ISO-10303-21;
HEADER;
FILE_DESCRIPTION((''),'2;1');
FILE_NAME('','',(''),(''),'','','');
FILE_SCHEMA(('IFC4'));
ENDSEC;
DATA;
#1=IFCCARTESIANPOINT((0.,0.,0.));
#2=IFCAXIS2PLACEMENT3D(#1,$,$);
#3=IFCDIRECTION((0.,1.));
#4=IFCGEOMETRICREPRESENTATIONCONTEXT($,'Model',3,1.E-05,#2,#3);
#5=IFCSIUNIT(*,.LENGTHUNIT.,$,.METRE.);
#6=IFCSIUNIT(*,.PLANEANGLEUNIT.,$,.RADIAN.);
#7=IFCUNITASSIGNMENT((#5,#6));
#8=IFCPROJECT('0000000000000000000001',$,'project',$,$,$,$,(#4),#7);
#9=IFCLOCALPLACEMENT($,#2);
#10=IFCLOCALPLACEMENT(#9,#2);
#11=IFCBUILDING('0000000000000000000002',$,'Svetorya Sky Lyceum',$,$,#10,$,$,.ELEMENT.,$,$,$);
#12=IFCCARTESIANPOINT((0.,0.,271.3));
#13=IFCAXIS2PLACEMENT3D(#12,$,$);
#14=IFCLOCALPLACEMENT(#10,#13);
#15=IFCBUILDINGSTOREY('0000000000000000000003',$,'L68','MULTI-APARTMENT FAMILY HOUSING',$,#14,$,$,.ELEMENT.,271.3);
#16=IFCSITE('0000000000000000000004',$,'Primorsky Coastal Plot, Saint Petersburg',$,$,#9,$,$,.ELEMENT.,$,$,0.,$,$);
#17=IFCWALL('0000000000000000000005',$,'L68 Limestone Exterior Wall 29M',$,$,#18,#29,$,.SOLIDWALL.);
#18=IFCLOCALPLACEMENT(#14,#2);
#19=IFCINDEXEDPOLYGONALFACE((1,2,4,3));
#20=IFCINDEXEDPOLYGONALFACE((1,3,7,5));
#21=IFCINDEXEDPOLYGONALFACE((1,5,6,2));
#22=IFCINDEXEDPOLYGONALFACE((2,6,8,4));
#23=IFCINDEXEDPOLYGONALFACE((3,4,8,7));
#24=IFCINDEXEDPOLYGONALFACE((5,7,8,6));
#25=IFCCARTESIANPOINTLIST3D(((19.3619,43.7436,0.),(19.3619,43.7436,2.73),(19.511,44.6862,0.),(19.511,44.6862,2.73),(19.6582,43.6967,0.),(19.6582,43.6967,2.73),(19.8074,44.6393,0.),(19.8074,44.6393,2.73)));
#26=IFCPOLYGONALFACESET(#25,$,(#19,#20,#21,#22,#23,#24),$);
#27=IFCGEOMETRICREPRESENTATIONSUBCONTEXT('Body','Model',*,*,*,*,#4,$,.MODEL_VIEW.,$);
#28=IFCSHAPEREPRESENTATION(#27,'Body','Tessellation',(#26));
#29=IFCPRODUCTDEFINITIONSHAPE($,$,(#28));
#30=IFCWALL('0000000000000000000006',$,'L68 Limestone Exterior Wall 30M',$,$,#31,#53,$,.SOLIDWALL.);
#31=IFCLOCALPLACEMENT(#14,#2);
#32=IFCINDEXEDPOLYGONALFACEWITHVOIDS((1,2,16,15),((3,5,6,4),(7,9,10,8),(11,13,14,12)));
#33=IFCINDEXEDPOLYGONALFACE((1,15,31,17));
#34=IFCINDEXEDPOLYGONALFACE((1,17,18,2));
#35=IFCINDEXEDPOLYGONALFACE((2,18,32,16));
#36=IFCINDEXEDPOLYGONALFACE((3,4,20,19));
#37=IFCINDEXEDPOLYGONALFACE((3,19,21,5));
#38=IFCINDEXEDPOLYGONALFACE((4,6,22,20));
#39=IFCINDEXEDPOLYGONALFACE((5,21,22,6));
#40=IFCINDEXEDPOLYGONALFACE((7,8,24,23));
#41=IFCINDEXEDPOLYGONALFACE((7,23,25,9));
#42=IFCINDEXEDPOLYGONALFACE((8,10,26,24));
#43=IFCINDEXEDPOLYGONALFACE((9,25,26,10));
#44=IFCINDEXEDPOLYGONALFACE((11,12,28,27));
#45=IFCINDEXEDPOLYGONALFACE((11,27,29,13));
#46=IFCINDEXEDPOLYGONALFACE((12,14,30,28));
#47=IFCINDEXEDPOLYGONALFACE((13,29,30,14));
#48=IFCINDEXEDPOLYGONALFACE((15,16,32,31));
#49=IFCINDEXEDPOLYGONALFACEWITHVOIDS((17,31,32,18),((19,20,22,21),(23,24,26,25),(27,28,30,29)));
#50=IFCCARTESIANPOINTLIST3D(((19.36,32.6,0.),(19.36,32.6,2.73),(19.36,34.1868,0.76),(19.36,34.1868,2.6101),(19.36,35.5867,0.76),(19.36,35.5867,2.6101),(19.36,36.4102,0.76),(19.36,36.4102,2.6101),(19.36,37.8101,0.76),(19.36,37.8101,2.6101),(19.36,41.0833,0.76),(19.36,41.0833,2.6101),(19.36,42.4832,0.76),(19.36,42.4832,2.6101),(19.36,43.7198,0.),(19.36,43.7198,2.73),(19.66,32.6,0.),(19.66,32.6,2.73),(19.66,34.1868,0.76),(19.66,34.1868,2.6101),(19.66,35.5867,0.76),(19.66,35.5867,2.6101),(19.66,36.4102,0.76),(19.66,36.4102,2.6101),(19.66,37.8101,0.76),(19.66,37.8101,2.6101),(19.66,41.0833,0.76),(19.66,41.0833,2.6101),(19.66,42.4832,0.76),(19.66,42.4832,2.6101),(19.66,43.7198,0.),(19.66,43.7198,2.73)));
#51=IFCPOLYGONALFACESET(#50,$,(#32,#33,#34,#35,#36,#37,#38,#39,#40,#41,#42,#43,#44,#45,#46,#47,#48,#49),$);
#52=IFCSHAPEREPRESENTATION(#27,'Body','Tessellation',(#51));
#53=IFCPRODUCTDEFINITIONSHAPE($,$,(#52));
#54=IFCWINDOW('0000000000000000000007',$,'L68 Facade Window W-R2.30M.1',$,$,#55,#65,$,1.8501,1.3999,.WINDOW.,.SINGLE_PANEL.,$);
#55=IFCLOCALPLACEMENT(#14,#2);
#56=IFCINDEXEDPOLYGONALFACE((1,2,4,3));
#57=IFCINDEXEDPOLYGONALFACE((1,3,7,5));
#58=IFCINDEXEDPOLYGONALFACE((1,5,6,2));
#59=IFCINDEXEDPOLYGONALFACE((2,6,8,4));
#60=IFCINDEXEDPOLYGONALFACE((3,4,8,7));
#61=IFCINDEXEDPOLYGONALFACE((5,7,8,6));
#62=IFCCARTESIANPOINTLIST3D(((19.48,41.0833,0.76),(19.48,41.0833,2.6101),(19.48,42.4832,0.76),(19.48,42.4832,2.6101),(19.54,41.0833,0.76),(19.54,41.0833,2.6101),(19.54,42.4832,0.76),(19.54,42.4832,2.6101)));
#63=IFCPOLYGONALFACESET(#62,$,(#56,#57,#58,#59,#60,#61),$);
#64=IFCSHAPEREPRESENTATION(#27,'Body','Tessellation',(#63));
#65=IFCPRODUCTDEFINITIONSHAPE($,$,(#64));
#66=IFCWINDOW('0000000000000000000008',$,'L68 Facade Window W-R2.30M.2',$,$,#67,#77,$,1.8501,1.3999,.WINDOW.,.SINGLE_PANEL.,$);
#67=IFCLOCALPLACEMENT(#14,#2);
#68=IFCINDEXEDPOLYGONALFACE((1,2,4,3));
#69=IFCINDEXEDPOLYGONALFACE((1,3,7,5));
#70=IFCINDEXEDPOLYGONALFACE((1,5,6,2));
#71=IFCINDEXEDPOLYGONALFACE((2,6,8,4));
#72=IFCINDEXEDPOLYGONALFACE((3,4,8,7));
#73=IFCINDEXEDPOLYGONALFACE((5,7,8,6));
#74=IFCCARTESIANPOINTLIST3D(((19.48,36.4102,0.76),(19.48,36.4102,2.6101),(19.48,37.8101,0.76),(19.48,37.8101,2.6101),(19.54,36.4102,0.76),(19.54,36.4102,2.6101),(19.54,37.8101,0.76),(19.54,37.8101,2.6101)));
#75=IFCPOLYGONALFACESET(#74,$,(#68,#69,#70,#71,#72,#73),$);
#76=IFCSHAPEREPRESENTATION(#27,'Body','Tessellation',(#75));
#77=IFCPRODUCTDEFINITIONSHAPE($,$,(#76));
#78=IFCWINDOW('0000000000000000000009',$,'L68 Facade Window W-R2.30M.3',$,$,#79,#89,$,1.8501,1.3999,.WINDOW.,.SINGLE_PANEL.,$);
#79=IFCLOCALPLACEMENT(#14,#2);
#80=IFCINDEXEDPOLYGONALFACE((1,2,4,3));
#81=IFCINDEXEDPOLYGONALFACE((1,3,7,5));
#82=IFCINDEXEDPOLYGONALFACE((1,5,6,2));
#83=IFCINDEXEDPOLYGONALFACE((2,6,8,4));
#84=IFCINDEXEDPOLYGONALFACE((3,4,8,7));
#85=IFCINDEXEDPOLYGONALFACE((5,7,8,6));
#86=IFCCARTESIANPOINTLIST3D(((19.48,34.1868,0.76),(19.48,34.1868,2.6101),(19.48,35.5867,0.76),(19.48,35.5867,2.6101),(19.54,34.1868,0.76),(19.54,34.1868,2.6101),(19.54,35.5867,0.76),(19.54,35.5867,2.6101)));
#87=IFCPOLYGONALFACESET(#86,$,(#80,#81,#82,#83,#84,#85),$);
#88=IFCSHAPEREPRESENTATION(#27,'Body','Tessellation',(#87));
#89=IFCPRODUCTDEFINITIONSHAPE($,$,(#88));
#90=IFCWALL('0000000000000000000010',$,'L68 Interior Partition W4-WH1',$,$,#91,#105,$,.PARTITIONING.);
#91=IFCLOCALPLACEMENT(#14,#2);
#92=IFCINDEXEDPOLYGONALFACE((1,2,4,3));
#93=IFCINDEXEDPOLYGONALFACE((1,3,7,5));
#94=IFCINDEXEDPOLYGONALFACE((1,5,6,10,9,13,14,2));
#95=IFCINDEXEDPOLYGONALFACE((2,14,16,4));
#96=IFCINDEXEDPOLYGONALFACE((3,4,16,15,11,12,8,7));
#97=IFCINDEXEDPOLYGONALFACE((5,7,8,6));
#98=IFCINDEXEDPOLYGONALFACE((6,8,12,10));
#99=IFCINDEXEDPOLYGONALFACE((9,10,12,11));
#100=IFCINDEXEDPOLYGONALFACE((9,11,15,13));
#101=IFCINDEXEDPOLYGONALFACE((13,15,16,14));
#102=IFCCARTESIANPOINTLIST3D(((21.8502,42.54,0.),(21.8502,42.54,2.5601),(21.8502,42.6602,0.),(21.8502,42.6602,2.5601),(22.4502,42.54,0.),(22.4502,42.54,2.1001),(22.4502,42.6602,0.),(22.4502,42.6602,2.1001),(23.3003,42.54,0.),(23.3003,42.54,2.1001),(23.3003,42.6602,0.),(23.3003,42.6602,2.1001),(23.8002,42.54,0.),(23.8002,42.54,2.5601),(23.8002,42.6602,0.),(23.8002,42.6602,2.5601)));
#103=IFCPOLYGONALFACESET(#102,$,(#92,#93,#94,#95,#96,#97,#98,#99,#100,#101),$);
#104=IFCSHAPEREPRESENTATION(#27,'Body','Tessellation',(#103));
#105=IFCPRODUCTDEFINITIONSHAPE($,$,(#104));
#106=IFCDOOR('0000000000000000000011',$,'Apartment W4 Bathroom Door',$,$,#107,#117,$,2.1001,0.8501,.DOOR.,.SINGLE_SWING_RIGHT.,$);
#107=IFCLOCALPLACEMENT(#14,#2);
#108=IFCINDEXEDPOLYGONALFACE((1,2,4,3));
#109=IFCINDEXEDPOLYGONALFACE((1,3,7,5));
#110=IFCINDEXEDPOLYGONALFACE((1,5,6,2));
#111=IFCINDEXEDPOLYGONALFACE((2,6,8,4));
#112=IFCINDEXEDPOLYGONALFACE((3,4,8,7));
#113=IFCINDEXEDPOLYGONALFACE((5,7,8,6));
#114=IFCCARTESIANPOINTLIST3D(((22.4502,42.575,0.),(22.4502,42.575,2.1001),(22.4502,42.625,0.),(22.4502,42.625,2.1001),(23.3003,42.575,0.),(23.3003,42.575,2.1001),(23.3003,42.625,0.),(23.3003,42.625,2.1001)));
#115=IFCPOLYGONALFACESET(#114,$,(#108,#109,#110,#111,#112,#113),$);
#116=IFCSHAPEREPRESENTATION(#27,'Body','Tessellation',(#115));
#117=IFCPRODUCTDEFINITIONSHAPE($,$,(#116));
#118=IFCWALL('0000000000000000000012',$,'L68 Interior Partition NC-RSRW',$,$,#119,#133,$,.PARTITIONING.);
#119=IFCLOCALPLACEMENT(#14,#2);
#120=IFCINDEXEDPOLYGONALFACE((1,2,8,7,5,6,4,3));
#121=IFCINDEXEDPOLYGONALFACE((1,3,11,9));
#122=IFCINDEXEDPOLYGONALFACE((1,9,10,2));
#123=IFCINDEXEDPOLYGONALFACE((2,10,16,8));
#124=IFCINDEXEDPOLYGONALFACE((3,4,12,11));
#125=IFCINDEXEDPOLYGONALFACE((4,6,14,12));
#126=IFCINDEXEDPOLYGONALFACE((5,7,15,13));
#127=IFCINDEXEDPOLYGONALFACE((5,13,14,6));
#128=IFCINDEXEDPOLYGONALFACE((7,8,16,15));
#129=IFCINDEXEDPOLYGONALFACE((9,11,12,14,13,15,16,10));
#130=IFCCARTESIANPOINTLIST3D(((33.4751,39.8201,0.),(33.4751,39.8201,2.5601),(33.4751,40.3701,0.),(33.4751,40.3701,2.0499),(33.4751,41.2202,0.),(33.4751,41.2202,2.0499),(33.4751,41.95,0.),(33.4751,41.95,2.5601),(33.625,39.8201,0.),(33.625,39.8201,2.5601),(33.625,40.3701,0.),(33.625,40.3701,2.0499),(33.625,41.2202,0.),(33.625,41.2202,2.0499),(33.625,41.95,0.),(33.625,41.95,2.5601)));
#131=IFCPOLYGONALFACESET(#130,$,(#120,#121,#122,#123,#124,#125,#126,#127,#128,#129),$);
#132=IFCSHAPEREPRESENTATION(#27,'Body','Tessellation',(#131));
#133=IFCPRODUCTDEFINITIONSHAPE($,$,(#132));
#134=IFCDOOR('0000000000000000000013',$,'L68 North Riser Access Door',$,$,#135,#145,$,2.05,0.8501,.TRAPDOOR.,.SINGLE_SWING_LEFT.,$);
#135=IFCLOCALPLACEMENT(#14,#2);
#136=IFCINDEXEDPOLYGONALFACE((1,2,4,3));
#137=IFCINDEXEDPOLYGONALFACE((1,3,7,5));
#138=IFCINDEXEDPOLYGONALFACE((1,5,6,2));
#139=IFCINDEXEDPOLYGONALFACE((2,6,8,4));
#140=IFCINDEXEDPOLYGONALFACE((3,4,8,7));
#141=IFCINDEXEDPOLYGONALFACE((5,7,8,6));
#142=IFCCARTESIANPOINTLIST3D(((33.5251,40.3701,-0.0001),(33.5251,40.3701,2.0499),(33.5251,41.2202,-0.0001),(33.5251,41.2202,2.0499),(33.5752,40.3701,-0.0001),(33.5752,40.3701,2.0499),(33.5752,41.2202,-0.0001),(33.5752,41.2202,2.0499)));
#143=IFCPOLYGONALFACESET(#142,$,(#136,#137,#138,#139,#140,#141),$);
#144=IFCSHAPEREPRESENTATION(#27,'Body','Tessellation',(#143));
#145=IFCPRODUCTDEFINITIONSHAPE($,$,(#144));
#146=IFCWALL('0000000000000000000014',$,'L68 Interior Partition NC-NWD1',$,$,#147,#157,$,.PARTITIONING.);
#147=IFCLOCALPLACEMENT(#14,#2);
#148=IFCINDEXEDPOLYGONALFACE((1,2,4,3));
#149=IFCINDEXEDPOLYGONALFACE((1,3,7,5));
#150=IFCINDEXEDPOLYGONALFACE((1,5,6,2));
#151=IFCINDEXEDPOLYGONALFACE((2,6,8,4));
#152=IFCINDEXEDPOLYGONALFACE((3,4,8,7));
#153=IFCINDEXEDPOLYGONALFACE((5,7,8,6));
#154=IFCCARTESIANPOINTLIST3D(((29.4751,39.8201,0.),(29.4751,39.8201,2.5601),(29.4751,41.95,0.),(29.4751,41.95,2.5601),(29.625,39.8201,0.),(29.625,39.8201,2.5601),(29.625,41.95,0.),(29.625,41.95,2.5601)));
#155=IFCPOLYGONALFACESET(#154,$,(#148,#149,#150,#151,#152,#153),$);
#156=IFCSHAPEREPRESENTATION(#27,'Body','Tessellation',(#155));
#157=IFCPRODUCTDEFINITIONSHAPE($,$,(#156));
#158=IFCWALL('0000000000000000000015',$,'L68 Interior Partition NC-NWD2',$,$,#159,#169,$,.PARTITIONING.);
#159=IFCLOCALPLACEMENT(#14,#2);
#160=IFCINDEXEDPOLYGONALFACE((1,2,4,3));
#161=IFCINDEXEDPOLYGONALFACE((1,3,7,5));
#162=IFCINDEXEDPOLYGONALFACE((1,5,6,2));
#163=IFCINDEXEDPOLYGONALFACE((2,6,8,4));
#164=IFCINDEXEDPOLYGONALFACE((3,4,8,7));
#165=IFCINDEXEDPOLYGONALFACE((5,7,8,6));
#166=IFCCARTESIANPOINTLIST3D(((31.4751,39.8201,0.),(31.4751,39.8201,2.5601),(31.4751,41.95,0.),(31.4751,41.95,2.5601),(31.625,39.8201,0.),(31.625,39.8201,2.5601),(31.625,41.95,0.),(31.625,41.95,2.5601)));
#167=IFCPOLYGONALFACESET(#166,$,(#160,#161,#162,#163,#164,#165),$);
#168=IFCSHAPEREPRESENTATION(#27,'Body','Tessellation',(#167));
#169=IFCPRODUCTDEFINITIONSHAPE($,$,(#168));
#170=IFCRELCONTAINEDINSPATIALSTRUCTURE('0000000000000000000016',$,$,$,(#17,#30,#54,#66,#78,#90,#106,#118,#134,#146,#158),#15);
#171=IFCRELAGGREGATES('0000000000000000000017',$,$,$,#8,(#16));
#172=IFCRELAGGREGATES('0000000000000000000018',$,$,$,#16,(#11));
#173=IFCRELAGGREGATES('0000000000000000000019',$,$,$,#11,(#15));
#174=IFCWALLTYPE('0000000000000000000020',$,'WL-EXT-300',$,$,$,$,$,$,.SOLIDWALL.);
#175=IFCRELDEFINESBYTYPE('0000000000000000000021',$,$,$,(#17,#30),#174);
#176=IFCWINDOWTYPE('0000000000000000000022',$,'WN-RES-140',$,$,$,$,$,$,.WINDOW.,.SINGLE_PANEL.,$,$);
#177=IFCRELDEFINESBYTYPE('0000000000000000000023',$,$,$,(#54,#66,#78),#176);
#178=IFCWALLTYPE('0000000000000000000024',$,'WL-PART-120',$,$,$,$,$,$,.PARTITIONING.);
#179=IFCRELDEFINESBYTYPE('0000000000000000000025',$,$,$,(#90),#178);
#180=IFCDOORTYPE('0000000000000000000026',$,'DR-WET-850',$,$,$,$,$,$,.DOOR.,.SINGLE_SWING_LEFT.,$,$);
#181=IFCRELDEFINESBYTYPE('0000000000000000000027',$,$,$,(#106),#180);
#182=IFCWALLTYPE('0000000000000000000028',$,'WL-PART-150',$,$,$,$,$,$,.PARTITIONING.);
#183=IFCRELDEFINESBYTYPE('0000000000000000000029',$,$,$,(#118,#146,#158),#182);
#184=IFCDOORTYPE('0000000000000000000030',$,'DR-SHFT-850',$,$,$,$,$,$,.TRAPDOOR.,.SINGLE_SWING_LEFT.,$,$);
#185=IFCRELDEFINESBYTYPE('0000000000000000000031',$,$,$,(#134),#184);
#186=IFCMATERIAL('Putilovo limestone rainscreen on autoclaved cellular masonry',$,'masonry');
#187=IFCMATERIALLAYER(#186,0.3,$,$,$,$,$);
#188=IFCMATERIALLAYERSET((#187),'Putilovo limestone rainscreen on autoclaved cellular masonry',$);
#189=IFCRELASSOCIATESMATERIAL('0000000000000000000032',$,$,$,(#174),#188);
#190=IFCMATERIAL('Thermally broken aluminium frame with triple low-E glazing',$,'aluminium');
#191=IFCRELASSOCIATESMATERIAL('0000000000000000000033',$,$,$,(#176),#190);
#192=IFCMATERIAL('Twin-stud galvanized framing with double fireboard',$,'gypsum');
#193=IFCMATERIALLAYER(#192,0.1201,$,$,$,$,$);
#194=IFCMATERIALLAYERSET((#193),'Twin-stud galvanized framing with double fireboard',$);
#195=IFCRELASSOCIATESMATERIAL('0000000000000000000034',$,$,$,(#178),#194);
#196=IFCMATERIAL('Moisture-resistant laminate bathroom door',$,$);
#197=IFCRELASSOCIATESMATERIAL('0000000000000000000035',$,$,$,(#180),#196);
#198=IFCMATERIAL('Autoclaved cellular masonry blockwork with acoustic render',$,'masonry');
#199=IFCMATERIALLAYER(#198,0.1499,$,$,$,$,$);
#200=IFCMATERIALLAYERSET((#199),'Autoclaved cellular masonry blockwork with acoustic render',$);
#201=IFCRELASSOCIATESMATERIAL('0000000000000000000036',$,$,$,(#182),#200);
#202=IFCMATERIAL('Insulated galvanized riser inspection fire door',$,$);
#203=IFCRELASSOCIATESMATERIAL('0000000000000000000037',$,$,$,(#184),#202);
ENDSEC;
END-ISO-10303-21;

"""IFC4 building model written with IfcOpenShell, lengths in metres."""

from ifc_helpers import new_model, si_unit, direction, frame, frame_2d, origin, place, context, subcontext, project, spatial, rectangle, extrude, material, layer, layer_set, type_object, element, fill, save


model = new_model("IFC4")

# Units and contexts
model_context = context("Model", 3, precision=1e-05, world=origin(), true_north=direction((0.0, 1.0)))
body_context = subcontext(model_context, "Body", "Model", "MODEL_VIEW")
ifc_project = project(units=[si_unit("LENGTHUNIT", "METRE"), si_unit("PLANEANGLEUNIT", "RADIAN")], contexts=[model_context])

# Site, building, storey
site_placement = place(None, origin())
site = spatial("IfcSite", under=ifc_project, at=site_placement, Name="Primorsky Coastal Plot, Saint Petersburg", CompositionType="ELEMENT", RefElevation=0.0)
building_placement = place(site_placement, origin())
building = spatial("IfcBuilding", under=site, at=building_placement, Name="Svetorya Sky Lyceum", CompositionType="ELEMENT")
storey_placement = place(building_placement, frame((0.0, 0.0, 271.3)))
storey = spatial("IfcBuildingStorey", under=building, at=storey_placement, Name="L68", Description="MULTI-APARTMENT FAMILY HOUSING", CompositionType="ELEMENT", Elevation=271.3)

# Wall
ifc_material_1 = material(Name="Putilovo limestone rainscreen on autoclaved cellular masonry", Category="masonry")
ifc_layer_1 = layer(ifc_material_1, 0.3)
ifc_layer_set_1 = layer_set([ifc_layer_1], Name="Putilovo limestone rainscreen on autoclaved cellular masonry")
wall_type_1 = type_object("IfcWallType", Name="WL-EXT-300", PredefinedType="SOLIDWALL", material=ifc_layer_set_1)
wall_1_placement = place(storey_placement, frame((19.6592, 44.6626, 0.0), z_axis=(0.0, 0.0, 1.0), x_axis=(-0.156304, -0.987709, 0.0)))
element("IfcWall", 1, at=wall_1_placement, inside=storey, type_object=wall_type_1, Name="L68 Limestone Exterior Wall 29M", PredefinedType="SOLIDWALL", context=body_context, shape_type="SweptSolid", body=[
    extrude(rectangle(XDim=0.9543, YDim=0.3, at=frame_2d((0.4771, 0.0))), origin(), (0.0, 0.0, 1.0), 2.73),
])

# Wall, openings, windows
wall_2_placement = place(storey_placement, frame((19.51, 43.72, 0.0), z_axis=(0.0, 0.0, 1.0), x_axis=(0.0, -1.0, 0.0)))
wall_2 = element("IfcWall", 2, at=wall_2_placement, inside=storey, type_object=wall_type_1, Name="L68 Limestone Exterior Wall 30M", PredefinedType="SOLIDWALL", context=body_context, shape_type="SweptSolid", body=[
    extrude(rectangle(XDim=11.1199, YDim=0.3, at=frame_2d((5.5601, 0.0))), origin(), (0.0, 0.0, 1.0), 2.73),
])
opening_1_placement = place(wall_2_placement, frame((1.2368, 0.0, 0.76)))
opening_1 = element("IfcOpeningElement", 3, at=opening_1_placement, cuts=wall_2, PredefinedType="OPENING", context=body_context, shape_type="SweptSolid", body=[
    extrude(rectangle(XDim=1.3999, YDim=1.8501, at=frame_2d((0.7, 0.925))), frame((0.0, 0.1599, 0.0), z_axis=(0.0, -1.0, 0.0), x_axis=(1.0, 0.0, 0.0)), (0.0, 0.0, 1.0), 0.3201),
])
opening_2_placement = place(wall_2_placement, frame((5.9099, 0.0, 0.76)))
opening_2 = element("IfcOpeningElement", 4, at=opening_2_placement, cuts=wall_2, PredefinedType="OPENING", context=body_context, shape_type="SweptSolid", body=[
    extrude(rectangle(XDim=1.3999, YDim=1.8501, at=frame_2d((0.7, 0.925))), frame((0.0, 0.1599, 0.0), z_axis=(0.0, -1.0, 0.0), x_axis=(1.0, 0.0, 0.0)), (0.0, 0.0, 1.0), 0.3201),
])
opening_3_placement = place(wall_2_placement, frame((8.1333, 0.0, 0.76)))
opening_3 = element("IfcOpeningElement", 5, at=opening_3_placement, cuts=wall_2, PredefinedType="OPENING", context=body_context, shape_type="SweptSolid", body=[
    extrude(rectangle(XDim=1.3999, YDim=1.8501, at=frame_2d((0.7, 0.925))), frame((0.0, 0.1599, 0.0), z_axis=(0.0, -1.0, 0.0), x_axis=(1.0, 0.0, 0.0)), (0.0, 0.0, 1.0), 0.3201),
])
ifc_material_2 = material(Name="Thermally broken aluminium frame with triple low-E glazing", Category="aluminium")
window_type = type_object("IfcWindowType", Name="WN-RES-140", PartitioningType="SINGLE_PANEL", PredefinedType="WINDOW", material=ifc_material_2)
window_1_placement = place(opening_1_placement, origin())
window_1 = element("IfcWindow", 6, at=window_1_placement, inside=storey, type_object=window_type, Name="L68 Facade Window W-R2.30M.1", OverallHeight=1.8501, OverallWidth=1.3999, PartitioningType="SINGLE_PANEL", PredefinedType="WINDOW", context=body_context, shape_type="SweptSolid", body=[
    extrude(rectangle(XDim=1.3999, YDim=1.8501, at=frame_2d((0.7, 0.925))), frame((0.0, 0.03, 0.0), z_axis=(0.0, -1.0, 0.0), x_axis=(1.0, 0.0, 0.0)), (0.0, 0.0, 1.0), 0.0601),
])
fill(opening_1, window_1)
window_2_placement = place(opening_2_placement, origin())
window_2 = element("IfcWindow", 7, at=window_2_placement, inside=storey, type_object=window_type, Name="L68 Facade Window W-R2.30M.2", OverallHeight=1.8501, OverallWidth=1.3999, PartitioningType="SINGLE_PANEL", PredefinedType="WINDOW", context=body_context, shape_type="SweptSolid", body=[
    extrude(rectangle(XDim=1.3999, YDim=1.8501, at=frame_2d((0.7, 0.925))), frame((0.0, 0.03, 0.0), z_axis=(0.0, -1.0, 0.0), x_axis=(1.0, 0.0, 0.0)), (0.0, 0.0, 1.0), 0.0601),
])
fill(opening_2, window_2)
window_3_placement = place(opening_3_placement, origin())
window_3 = element("IfcWindow", 8, at=window_3_placement, inside=storey, type_object=window_type, Name="L68 Facade Window W-R2.30M.3", OverallHeight=1.8501, OverallWidth=1.3999, PartitioningType="SINGLE_PANEL", PredefinedType="WINDOW", context=body_context, shape_type="SweptSolid", body=[
    extrude(rectangle(XDim=1.3999, YDim=1.8501, at=frame_2d((0.7, 0.925))), frame((0.0, 0.03, 0.0), z_axis=(0.0, -1.0, 0.0), x_axis=(1.0, 0.0, 0.0)), (0.0, 0.0, 1.0), 0.0601),
])
fill(opening_3, window_3)

# Walls, openings, doors
ifc_material_3 = material(Name="Twin-stud galvanized framing with double fireboard", Category="gypsum")
ifc_layer_2 = layer(ifc_material_3, 0.1201)
ifc_layer_set_2 = layer_set([ifc_layer_2], Name="Twin-stud galvanized framing with double fireboard")
wall_type_2 = type_object("IfcWallType", Name="WL-PART-120", PredefinedType="PARTITIONING", material=ifc_layer_set_2)
wall_3_placement = place(storey_placement, frame((21.8501, 42.6001, 0.0), z_axis=(0.0, 0.0, 1.0), x_axis=(1.0, 0.0, 0.0)))
wall_3 = element("IfcWall", 9, at=wall_3_placement, inside=storey, type_object=wall_type_2, Name="L68 Interior Partition W4-WH1", PredefinedType="PARTITIONING", context=body_context, shape_type="SweptSolid", body=[
    extrude(rectangle(XDim=1.95, YDim=0.1201, at=frame_2d((0.9751, 0.0))), origin(), (0.0, 0.0, 1.0), 2.5601),
])
opening_4_placement = place(wall_3_placement, frame((0.6001, 0.0, 0.0)))
opening_4 = element("IfcOpeningElement", 10, at=opening_4_placement, cuts=wall_3, PredefinedType="OPENING", context=body_context, shape_type="SweptSolid", body=[
    extrude(rectangle(XDim=0.8501, YDim=2.1001, at=frame_2d((0.425, 1.05))), frame((0.0, 0.0701, 0.0), z_axis=(0.0, -1.0, 0.0), x_axis=(1.0, 0.0, 0.0)), (0.0, 0.0, 1.0), 0.1401),
])
ifc_material_4 = material(Name="Moisture-resistant laminate bathroom door")
door_type_1 = type_object("IfcDoorType", Name="DR-WET-850", OperationType="SINGLE_SWING_LEFT", PredefinedType="DOOR", material=ifc_material_4)
door_1_placement = place(opening_4_placement, origin())
door_1 = element("IfcDoor", 11, at=door_1_placement, inside=storey, type_object=door_type_1, Name="Apartment W4 Bathroom Door", OperationType="SINGLE_SWING_RIGHT", OverallHeight=2.1001, OverallWidth=0.8501, PredefinedType="DOOR", context=body_context, shape_type="SweptSolid", body=[
    extrude(rectangle(XDim=0.8501, YDim=2.1001, at=frame_2d((0.425, 1.05))), frame((0.0, 0.0249, 0.0), z_axis=(0.0, -1.0, 0.0), x_axis=(1.0, 0.0, 0.0)), (0.0, 0.0, 1.0), 0.05),
])
fill(opening_4, door_1)
ifc_material_5 = material(Name="Autoclaved cellular masonry blockwork with acoustic render", Category="masonry")
ifc_layer_3 = layer(ifc_material_5, 0.1499)
ifc_layer_set_3 = layer_set([ifc_layer_3], Name="Autoclaved cellular masonry blockwork with acoustic render")
wall_type_3 = type_object("IfcWallType", Name="WL-PART-150", PredefinedType="PARTITIONING", material=ifc_layer_set_3)
wall_4_placement = place(storey_placement, frame((33.55, 39.8201, 0.0), z_axis=(0.0, 0.0, 1.0), x_axis=(0.0, 1.0, 0.0)))
wall_4 = element("IfcWall", 12, at=wall_4_placement, inside=storey, type_object=wall_type_3, Name="L68 Interior Partition NC-RSRW", PredefinedType="PARTITIONING", context=body_context, shape_type="SweptSolid", body=[
    extrude(rectangle(XDim=2.1299, YDim=0.1499, at=frame_2d((1.0649, 0.0))), origin(), (0.0, 0.0, 1.0), 2.5601),
])
opening_5_placement = place(wall_4_placement, frame((0.55, 0.0, 0.0)))
opening_5 = element("IfcOpeningElement", 13, at=opening_5_placement, cuts=wall_4, PredefinedType="OPENING", context=body_context, shape_type="SweptSolid", body=[
    extrude(rectangle(XDim=0.8501, YDim=2.05, at=frame_2d((0.425, 1.0249))), frame((0.0, 0.085, 0.0), z_axis=(0.0, -1.0, 0.0), x_axis=(1.0, 0.0, 0.0)), (0.0, 0.0, 1.0), 0.1699),
])
ifc_material_6 = material(Name="Insulated galvanized riser inspection fire door")
door_type_2 = type_object("IfcDoorType", Name="DR-SHFT-850", OperationType="SINGLE_SWING_LEFT", PredefinedType="TRAPDOOR", material=ifc_material_6)
door_2_placement = place(opening_5_placement, origin())
door_2 = element("IfcDoor", 14, at=door_2_placement, inside=storey, type_object=door_type_2, Name="L68 North Riser Access Door", OperationType="SINGLE_SWING_LEFT", OverallHeight=2.05, OverallWidth=0.8501, PredefinedType="TRAPDOOR", context=body_context, shape_type="SweptSolid", body=[
    extrude(rectangle(XDim=0.8501, YDim=2.05, at=frame_2d((0.425, 1.0249))), frame((0.0, 0.0249, 0.0), z_axis=(0.0, -1.0, 0.0), x_axis=(1.0, 0.0, 0.0)), (0.0, 0.0, 1.0), 0.05),
])
fill(opening_5, door_2)

# Walls
for number, where, z_axis, x_axis, name in (
    (15, (29.55, 39.8201, 0.0), (0.0, 0.0, 1.0), (0.0, 1.0, 0.0), "L68 Interior Partition NC-NWD1"),
    (16, (31.55, 39.8201, 0.0), (0.0, 0.0, 1.0), (0.0, 1.0, 0.0), "L68 Interior Partition NC-NWD2"),
):
    element("IfcWall", number, at=place(storey_placement, frame(where, z_axis=z_axis, x_axis=x_axis)), inside=storey, type_object=wall_type_3, Name=name, PredefinedType="PARTITIONING", context=body_context, shape_type="SweptSolid", body=[
        extrude(rectangle(XDim=2.1299, YDim=0.1499, at=frame_2d((1.0649, 0.0))), origin(), (0.0, 0.0, 1.0), 2.5601),
    ])

save(model, "model.ifc")
